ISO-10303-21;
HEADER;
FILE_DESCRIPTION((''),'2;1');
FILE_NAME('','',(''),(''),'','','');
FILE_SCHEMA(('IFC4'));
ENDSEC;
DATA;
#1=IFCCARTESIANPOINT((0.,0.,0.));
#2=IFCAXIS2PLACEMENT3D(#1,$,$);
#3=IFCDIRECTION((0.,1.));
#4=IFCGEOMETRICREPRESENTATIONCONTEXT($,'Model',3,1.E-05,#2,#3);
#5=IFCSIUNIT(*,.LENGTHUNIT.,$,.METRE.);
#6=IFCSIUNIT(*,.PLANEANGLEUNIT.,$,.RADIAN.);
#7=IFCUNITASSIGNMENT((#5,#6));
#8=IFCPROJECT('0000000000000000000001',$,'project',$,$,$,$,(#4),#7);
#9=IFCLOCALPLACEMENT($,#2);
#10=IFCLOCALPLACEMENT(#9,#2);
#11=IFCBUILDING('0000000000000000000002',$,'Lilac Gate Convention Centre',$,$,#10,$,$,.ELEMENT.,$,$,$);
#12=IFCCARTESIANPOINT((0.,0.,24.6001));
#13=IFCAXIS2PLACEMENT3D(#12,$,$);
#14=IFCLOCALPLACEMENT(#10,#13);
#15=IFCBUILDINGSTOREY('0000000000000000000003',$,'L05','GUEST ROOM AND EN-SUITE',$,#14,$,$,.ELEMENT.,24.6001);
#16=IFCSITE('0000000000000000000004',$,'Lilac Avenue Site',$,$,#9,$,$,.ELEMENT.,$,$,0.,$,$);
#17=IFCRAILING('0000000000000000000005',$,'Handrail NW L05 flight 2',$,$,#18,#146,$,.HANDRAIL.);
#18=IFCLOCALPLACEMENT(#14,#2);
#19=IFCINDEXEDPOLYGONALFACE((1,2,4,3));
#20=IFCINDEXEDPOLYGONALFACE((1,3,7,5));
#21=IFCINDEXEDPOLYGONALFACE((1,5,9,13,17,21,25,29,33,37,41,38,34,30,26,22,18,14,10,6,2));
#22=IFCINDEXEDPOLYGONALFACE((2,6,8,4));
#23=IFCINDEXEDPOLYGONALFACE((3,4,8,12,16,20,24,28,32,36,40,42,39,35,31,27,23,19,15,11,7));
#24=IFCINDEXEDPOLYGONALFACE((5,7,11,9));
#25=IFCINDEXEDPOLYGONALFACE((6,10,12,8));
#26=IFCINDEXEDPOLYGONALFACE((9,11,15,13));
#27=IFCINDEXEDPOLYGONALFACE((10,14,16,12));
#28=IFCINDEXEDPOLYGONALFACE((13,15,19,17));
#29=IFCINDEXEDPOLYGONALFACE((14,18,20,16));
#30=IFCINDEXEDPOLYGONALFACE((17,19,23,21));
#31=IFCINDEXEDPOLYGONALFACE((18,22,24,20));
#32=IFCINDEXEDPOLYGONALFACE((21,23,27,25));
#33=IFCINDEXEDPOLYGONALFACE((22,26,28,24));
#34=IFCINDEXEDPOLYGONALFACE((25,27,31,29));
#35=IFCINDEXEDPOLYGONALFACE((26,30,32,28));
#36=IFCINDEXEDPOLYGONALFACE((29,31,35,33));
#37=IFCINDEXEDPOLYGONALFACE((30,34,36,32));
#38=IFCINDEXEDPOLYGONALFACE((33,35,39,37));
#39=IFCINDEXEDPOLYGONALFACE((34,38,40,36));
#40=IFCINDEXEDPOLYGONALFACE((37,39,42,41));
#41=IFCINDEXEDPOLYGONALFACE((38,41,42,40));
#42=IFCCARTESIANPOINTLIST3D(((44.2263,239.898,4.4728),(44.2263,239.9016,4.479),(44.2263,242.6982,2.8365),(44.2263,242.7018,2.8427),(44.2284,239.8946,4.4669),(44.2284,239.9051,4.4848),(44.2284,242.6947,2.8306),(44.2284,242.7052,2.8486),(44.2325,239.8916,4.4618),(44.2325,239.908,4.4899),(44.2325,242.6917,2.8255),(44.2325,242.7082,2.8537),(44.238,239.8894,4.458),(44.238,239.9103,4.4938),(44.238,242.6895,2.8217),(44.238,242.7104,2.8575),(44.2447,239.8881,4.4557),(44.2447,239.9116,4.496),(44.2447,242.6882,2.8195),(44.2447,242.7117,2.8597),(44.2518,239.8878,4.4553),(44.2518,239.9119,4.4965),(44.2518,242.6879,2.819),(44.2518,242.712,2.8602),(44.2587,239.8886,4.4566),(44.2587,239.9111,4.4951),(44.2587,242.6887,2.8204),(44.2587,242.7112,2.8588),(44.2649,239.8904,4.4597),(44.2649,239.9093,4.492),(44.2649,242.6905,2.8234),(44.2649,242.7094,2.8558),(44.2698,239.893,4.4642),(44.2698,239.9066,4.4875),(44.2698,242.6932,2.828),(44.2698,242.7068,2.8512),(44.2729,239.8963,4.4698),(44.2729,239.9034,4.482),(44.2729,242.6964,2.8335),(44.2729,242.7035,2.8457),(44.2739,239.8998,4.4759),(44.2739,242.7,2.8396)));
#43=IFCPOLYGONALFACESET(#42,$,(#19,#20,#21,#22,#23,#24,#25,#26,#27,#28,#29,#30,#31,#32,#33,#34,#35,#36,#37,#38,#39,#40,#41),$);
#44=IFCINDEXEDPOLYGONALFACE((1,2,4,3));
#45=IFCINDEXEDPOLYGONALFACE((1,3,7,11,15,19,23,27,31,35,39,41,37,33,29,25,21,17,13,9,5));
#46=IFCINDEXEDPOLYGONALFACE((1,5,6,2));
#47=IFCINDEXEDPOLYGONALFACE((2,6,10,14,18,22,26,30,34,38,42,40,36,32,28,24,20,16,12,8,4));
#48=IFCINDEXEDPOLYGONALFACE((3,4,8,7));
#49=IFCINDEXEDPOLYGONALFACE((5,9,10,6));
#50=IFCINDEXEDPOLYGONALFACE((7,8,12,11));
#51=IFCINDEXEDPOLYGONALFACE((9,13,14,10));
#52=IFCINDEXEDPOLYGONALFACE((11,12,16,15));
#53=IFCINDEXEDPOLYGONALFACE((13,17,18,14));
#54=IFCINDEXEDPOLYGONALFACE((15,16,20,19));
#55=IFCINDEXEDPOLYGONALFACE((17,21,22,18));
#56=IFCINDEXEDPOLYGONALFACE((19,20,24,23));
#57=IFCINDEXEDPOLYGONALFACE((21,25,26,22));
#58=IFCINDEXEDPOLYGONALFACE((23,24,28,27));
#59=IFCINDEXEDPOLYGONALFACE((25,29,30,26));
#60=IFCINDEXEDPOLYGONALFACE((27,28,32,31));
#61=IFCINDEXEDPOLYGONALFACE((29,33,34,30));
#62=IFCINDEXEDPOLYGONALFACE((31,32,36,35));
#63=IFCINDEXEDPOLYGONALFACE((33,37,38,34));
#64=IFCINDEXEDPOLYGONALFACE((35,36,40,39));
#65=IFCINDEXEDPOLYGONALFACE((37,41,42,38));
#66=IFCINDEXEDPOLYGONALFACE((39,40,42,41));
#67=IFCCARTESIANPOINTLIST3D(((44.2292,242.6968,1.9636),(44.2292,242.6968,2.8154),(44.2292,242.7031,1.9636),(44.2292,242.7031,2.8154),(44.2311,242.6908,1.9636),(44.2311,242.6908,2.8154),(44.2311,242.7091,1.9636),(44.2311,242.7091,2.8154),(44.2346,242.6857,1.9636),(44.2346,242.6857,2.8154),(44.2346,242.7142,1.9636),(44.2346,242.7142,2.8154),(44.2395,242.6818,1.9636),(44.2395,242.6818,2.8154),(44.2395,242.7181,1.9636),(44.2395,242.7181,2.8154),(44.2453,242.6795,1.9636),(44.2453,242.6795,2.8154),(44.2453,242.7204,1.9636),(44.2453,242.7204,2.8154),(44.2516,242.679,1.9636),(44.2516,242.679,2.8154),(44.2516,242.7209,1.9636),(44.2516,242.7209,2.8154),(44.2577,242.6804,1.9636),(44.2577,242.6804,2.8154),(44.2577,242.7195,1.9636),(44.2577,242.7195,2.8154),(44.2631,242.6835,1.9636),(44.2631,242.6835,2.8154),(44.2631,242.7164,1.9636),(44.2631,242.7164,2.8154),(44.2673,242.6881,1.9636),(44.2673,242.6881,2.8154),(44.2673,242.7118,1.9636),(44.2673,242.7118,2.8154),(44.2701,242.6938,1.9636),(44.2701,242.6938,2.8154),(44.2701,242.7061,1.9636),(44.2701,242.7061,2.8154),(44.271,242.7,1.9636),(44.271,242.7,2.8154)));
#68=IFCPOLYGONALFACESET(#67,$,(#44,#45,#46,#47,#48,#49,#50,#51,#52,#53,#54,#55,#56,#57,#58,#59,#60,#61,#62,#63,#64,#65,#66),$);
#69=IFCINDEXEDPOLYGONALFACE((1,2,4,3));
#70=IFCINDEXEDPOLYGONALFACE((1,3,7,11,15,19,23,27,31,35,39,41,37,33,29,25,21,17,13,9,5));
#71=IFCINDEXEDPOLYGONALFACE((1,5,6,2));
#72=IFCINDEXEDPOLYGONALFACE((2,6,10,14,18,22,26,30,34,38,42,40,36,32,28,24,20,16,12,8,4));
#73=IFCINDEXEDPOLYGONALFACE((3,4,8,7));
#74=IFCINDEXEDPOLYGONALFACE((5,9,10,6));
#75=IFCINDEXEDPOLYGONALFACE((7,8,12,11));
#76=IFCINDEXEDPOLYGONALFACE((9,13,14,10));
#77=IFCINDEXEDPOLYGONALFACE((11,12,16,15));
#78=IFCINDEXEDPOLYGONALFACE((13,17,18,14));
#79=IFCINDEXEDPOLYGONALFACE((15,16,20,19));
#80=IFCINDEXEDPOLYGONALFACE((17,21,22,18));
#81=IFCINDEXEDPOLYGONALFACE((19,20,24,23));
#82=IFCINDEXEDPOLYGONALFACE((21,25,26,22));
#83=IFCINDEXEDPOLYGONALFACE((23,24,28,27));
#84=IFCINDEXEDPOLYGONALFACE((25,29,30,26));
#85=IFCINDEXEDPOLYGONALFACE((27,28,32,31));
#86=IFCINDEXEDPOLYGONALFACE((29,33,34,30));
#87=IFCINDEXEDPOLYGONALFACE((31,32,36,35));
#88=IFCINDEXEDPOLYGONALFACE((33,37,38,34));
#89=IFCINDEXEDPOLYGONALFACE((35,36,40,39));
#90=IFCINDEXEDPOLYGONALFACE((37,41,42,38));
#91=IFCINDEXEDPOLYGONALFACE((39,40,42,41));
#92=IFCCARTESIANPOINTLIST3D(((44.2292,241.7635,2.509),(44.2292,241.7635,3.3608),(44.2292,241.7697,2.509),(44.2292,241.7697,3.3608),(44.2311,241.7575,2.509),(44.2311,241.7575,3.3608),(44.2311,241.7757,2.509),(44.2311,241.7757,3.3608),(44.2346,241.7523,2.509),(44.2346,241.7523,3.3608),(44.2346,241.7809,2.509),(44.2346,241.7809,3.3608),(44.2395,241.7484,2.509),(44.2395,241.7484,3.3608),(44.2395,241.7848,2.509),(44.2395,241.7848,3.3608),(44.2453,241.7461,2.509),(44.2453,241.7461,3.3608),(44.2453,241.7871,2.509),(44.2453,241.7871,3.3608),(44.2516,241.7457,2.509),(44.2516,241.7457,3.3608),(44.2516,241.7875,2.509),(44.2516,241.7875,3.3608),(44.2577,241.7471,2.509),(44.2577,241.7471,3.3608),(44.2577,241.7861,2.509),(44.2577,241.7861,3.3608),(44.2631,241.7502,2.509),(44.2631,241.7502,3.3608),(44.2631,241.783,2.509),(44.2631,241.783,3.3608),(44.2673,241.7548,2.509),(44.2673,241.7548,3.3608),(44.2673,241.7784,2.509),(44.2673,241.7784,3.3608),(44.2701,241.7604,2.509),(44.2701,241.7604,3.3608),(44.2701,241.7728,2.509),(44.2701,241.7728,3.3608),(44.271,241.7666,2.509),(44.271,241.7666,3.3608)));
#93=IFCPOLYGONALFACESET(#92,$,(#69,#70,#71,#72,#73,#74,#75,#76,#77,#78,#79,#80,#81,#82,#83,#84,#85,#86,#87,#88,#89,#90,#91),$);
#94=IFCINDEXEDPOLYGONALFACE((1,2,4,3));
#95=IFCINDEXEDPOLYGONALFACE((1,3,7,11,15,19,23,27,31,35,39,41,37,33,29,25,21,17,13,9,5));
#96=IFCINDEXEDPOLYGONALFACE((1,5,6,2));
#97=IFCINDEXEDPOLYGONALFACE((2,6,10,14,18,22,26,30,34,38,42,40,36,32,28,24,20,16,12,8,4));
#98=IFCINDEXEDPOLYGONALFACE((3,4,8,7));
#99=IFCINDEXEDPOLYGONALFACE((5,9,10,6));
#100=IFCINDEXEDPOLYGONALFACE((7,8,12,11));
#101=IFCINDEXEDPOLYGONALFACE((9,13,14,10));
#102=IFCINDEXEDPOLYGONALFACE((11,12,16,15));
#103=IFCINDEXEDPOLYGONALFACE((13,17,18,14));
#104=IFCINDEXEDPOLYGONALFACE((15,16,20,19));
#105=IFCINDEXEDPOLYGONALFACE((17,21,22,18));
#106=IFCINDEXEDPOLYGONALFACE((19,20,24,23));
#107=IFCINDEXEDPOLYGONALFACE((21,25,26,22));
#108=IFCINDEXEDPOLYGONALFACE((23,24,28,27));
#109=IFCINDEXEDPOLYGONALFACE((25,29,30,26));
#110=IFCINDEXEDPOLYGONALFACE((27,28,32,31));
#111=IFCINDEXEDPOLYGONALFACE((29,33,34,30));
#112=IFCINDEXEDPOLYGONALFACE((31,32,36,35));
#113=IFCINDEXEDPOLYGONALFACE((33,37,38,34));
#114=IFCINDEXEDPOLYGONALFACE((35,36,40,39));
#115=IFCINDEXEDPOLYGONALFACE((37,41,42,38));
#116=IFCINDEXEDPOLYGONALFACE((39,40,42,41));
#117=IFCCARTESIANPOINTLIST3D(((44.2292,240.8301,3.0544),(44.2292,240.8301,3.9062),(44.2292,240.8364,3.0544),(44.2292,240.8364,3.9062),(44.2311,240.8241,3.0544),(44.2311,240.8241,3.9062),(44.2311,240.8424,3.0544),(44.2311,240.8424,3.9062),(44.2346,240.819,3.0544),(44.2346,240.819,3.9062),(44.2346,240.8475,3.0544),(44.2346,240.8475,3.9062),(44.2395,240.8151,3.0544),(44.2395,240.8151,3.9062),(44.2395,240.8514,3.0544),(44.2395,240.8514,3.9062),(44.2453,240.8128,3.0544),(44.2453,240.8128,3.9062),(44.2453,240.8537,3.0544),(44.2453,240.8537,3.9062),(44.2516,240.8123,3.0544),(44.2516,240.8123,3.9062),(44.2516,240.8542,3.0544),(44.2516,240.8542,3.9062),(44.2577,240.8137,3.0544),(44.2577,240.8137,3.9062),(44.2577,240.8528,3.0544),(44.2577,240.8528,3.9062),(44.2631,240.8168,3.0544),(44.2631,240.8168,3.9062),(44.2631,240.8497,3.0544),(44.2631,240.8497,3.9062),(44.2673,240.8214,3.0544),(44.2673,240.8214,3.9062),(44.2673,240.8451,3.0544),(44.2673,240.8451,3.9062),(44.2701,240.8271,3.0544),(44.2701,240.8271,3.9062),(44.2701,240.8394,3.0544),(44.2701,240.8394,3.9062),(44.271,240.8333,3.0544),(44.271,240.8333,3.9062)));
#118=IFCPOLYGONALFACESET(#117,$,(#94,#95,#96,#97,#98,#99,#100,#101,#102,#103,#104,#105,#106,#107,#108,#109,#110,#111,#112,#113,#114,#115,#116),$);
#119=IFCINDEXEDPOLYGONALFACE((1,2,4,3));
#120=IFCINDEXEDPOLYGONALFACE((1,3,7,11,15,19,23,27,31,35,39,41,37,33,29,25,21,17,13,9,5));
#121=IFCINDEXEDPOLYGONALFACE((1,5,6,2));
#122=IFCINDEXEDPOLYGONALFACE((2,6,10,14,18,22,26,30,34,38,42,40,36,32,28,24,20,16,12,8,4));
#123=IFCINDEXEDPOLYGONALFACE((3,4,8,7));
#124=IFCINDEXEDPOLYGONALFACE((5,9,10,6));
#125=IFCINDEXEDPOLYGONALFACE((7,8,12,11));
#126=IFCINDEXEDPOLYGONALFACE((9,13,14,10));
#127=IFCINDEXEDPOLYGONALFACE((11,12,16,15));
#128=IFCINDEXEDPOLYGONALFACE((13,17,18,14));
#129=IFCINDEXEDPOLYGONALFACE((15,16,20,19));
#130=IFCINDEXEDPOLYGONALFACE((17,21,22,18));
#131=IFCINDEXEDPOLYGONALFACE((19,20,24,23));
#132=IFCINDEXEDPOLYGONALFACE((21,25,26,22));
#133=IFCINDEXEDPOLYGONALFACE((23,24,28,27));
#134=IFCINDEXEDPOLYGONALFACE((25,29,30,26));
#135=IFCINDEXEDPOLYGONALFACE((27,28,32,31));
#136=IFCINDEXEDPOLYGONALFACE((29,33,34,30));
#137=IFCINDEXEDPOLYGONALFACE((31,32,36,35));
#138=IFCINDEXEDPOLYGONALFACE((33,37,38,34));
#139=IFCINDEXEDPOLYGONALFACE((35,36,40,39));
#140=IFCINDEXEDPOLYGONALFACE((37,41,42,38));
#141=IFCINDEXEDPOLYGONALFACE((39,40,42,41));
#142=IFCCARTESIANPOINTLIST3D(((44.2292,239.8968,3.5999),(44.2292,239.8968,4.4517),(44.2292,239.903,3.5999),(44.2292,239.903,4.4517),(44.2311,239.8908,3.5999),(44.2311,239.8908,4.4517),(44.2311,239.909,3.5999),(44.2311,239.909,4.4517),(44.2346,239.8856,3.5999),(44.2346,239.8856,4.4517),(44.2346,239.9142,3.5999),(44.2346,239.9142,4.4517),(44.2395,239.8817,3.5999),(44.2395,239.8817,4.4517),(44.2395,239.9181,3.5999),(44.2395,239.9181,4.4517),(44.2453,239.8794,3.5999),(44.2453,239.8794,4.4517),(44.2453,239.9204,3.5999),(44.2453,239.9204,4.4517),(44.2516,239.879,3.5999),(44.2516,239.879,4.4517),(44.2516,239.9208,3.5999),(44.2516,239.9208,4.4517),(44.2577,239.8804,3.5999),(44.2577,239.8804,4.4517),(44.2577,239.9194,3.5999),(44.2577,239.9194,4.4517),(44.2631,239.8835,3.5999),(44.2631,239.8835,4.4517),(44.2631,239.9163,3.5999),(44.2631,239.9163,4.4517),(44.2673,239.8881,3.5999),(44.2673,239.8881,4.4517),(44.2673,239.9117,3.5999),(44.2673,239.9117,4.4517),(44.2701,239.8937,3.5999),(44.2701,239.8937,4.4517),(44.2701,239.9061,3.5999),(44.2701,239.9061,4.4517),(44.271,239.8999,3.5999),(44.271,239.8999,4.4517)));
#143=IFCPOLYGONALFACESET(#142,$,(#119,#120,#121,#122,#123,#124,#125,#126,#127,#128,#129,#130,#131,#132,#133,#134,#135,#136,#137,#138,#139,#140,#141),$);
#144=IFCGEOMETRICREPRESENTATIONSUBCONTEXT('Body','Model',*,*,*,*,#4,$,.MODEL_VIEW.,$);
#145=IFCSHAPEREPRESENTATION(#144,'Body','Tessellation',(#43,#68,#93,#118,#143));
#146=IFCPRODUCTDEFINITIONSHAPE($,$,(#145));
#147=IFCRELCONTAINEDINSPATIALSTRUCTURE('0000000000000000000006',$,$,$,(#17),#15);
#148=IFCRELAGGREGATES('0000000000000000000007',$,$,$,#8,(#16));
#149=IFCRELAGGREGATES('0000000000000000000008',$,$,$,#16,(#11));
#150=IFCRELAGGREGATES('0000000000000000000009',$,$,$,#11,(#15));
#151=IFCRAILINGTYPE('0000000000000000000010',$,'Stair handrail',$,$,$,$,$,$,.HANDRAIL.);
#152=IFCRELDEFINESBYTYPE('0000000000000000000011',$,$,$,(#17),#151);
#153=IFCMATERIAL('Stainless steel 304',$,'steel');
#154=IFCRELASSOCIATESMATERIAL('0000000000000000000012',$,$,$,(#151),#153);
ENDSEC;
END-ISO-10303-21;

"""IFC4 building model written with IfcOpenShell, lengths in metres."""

from ifc_helpers import new_model, si_unit, direction, frame, origin, origin_2d, place, context, subcontext, project, spatial, circle, extrude, material, type_object, element, save


model = new_model("IFC4")

# Units and contexts
model_context = context("Model", 3, precision=1e-05, world=origin(), true_north=direction((0.0, 1.0)))
body_context = subcontext(model_context, "Body", "Model", "MODEL_VIEW")
ifc_project = project(units=[si_unit("LENGTHUNIT", "METRE"), si_unit("PLANEANGLEUNIT", "RADIAN")], contexts=[model_context])

# Site, building, storey
site_placement = place(None, origin())
site = spatial("IfcSite", under=ifc_project, at=site_placement, Name="Lilac Avenue Site", CompositionType="ELEMENT", RefElevation=0.0)
building_placement = place(site_placement, origin())
building = spatial("IfcBuilding", under=site, at=building_placement, Name="Lilac Gate Convention Centre", CompositionType="ELEMENT")
storey_placement = place(building_placement, frame((0.0, 0.0, 24.6001)))
storey = spatial("IfcBuildingStorey", under=building, at=storey_placement, Name="L05", Description="GUEST ROOM AND EN-SUITE", CompositionType="ELEMENT", Elevation=24.6001)

# Railing
ifc_material_1 = material(Name="Stainless steel 304", Category="steel")
railing_type = type_object("IfcRailingType", Name="Stair handrail", PredefinedType="HANDRAIL", material=ifc_material_1)
for number, where, name in (
    (1, (44.25, 242.7, 1.9636), "Handrail NW L05 flight 2"),
):
    element("IfcRailing", number, at=place(storey_placement, frame(where)), inside=storey, type_object=railing_type, Name=name, PredefinedType="HANDRAIL", context=body_context, shape_type="SweptSolid", body=[
        extrude(circle(Radius=0.0239, at=origin_2d()), frame((0.0, 0.0, 0.876), z_axis=(0.0, -0.863394, 0.504531), x_axis=(1.0, 0.0, 0.0)), (0.0, 0.0, 1.0), 3.2432),
        extrude(circle(Radius=0.021, at=origin_2d()), origin(), (0.0, 0.0, 1.0), 0.8518),
        extrude(circle(Radius=0.021, at=origin_2d()), frame((0.0, -0.9333, 0.5454)), (0.0, 0.0, 1.0), 0.8518),
        extrude(circle(Radius=0.021, at=origin_2d()), frame((0.0, -1.8667, 1.0908)), (0.0, 0.0, 1.0), 0.8518),
        extrude(circle(Radius=0.021, at=origin_2d()), frame((0.0, -2.8, 1.6362)), (0.0, 0.0, 1.0), 0.8518),
    ])

save(model, "model.ifc")
